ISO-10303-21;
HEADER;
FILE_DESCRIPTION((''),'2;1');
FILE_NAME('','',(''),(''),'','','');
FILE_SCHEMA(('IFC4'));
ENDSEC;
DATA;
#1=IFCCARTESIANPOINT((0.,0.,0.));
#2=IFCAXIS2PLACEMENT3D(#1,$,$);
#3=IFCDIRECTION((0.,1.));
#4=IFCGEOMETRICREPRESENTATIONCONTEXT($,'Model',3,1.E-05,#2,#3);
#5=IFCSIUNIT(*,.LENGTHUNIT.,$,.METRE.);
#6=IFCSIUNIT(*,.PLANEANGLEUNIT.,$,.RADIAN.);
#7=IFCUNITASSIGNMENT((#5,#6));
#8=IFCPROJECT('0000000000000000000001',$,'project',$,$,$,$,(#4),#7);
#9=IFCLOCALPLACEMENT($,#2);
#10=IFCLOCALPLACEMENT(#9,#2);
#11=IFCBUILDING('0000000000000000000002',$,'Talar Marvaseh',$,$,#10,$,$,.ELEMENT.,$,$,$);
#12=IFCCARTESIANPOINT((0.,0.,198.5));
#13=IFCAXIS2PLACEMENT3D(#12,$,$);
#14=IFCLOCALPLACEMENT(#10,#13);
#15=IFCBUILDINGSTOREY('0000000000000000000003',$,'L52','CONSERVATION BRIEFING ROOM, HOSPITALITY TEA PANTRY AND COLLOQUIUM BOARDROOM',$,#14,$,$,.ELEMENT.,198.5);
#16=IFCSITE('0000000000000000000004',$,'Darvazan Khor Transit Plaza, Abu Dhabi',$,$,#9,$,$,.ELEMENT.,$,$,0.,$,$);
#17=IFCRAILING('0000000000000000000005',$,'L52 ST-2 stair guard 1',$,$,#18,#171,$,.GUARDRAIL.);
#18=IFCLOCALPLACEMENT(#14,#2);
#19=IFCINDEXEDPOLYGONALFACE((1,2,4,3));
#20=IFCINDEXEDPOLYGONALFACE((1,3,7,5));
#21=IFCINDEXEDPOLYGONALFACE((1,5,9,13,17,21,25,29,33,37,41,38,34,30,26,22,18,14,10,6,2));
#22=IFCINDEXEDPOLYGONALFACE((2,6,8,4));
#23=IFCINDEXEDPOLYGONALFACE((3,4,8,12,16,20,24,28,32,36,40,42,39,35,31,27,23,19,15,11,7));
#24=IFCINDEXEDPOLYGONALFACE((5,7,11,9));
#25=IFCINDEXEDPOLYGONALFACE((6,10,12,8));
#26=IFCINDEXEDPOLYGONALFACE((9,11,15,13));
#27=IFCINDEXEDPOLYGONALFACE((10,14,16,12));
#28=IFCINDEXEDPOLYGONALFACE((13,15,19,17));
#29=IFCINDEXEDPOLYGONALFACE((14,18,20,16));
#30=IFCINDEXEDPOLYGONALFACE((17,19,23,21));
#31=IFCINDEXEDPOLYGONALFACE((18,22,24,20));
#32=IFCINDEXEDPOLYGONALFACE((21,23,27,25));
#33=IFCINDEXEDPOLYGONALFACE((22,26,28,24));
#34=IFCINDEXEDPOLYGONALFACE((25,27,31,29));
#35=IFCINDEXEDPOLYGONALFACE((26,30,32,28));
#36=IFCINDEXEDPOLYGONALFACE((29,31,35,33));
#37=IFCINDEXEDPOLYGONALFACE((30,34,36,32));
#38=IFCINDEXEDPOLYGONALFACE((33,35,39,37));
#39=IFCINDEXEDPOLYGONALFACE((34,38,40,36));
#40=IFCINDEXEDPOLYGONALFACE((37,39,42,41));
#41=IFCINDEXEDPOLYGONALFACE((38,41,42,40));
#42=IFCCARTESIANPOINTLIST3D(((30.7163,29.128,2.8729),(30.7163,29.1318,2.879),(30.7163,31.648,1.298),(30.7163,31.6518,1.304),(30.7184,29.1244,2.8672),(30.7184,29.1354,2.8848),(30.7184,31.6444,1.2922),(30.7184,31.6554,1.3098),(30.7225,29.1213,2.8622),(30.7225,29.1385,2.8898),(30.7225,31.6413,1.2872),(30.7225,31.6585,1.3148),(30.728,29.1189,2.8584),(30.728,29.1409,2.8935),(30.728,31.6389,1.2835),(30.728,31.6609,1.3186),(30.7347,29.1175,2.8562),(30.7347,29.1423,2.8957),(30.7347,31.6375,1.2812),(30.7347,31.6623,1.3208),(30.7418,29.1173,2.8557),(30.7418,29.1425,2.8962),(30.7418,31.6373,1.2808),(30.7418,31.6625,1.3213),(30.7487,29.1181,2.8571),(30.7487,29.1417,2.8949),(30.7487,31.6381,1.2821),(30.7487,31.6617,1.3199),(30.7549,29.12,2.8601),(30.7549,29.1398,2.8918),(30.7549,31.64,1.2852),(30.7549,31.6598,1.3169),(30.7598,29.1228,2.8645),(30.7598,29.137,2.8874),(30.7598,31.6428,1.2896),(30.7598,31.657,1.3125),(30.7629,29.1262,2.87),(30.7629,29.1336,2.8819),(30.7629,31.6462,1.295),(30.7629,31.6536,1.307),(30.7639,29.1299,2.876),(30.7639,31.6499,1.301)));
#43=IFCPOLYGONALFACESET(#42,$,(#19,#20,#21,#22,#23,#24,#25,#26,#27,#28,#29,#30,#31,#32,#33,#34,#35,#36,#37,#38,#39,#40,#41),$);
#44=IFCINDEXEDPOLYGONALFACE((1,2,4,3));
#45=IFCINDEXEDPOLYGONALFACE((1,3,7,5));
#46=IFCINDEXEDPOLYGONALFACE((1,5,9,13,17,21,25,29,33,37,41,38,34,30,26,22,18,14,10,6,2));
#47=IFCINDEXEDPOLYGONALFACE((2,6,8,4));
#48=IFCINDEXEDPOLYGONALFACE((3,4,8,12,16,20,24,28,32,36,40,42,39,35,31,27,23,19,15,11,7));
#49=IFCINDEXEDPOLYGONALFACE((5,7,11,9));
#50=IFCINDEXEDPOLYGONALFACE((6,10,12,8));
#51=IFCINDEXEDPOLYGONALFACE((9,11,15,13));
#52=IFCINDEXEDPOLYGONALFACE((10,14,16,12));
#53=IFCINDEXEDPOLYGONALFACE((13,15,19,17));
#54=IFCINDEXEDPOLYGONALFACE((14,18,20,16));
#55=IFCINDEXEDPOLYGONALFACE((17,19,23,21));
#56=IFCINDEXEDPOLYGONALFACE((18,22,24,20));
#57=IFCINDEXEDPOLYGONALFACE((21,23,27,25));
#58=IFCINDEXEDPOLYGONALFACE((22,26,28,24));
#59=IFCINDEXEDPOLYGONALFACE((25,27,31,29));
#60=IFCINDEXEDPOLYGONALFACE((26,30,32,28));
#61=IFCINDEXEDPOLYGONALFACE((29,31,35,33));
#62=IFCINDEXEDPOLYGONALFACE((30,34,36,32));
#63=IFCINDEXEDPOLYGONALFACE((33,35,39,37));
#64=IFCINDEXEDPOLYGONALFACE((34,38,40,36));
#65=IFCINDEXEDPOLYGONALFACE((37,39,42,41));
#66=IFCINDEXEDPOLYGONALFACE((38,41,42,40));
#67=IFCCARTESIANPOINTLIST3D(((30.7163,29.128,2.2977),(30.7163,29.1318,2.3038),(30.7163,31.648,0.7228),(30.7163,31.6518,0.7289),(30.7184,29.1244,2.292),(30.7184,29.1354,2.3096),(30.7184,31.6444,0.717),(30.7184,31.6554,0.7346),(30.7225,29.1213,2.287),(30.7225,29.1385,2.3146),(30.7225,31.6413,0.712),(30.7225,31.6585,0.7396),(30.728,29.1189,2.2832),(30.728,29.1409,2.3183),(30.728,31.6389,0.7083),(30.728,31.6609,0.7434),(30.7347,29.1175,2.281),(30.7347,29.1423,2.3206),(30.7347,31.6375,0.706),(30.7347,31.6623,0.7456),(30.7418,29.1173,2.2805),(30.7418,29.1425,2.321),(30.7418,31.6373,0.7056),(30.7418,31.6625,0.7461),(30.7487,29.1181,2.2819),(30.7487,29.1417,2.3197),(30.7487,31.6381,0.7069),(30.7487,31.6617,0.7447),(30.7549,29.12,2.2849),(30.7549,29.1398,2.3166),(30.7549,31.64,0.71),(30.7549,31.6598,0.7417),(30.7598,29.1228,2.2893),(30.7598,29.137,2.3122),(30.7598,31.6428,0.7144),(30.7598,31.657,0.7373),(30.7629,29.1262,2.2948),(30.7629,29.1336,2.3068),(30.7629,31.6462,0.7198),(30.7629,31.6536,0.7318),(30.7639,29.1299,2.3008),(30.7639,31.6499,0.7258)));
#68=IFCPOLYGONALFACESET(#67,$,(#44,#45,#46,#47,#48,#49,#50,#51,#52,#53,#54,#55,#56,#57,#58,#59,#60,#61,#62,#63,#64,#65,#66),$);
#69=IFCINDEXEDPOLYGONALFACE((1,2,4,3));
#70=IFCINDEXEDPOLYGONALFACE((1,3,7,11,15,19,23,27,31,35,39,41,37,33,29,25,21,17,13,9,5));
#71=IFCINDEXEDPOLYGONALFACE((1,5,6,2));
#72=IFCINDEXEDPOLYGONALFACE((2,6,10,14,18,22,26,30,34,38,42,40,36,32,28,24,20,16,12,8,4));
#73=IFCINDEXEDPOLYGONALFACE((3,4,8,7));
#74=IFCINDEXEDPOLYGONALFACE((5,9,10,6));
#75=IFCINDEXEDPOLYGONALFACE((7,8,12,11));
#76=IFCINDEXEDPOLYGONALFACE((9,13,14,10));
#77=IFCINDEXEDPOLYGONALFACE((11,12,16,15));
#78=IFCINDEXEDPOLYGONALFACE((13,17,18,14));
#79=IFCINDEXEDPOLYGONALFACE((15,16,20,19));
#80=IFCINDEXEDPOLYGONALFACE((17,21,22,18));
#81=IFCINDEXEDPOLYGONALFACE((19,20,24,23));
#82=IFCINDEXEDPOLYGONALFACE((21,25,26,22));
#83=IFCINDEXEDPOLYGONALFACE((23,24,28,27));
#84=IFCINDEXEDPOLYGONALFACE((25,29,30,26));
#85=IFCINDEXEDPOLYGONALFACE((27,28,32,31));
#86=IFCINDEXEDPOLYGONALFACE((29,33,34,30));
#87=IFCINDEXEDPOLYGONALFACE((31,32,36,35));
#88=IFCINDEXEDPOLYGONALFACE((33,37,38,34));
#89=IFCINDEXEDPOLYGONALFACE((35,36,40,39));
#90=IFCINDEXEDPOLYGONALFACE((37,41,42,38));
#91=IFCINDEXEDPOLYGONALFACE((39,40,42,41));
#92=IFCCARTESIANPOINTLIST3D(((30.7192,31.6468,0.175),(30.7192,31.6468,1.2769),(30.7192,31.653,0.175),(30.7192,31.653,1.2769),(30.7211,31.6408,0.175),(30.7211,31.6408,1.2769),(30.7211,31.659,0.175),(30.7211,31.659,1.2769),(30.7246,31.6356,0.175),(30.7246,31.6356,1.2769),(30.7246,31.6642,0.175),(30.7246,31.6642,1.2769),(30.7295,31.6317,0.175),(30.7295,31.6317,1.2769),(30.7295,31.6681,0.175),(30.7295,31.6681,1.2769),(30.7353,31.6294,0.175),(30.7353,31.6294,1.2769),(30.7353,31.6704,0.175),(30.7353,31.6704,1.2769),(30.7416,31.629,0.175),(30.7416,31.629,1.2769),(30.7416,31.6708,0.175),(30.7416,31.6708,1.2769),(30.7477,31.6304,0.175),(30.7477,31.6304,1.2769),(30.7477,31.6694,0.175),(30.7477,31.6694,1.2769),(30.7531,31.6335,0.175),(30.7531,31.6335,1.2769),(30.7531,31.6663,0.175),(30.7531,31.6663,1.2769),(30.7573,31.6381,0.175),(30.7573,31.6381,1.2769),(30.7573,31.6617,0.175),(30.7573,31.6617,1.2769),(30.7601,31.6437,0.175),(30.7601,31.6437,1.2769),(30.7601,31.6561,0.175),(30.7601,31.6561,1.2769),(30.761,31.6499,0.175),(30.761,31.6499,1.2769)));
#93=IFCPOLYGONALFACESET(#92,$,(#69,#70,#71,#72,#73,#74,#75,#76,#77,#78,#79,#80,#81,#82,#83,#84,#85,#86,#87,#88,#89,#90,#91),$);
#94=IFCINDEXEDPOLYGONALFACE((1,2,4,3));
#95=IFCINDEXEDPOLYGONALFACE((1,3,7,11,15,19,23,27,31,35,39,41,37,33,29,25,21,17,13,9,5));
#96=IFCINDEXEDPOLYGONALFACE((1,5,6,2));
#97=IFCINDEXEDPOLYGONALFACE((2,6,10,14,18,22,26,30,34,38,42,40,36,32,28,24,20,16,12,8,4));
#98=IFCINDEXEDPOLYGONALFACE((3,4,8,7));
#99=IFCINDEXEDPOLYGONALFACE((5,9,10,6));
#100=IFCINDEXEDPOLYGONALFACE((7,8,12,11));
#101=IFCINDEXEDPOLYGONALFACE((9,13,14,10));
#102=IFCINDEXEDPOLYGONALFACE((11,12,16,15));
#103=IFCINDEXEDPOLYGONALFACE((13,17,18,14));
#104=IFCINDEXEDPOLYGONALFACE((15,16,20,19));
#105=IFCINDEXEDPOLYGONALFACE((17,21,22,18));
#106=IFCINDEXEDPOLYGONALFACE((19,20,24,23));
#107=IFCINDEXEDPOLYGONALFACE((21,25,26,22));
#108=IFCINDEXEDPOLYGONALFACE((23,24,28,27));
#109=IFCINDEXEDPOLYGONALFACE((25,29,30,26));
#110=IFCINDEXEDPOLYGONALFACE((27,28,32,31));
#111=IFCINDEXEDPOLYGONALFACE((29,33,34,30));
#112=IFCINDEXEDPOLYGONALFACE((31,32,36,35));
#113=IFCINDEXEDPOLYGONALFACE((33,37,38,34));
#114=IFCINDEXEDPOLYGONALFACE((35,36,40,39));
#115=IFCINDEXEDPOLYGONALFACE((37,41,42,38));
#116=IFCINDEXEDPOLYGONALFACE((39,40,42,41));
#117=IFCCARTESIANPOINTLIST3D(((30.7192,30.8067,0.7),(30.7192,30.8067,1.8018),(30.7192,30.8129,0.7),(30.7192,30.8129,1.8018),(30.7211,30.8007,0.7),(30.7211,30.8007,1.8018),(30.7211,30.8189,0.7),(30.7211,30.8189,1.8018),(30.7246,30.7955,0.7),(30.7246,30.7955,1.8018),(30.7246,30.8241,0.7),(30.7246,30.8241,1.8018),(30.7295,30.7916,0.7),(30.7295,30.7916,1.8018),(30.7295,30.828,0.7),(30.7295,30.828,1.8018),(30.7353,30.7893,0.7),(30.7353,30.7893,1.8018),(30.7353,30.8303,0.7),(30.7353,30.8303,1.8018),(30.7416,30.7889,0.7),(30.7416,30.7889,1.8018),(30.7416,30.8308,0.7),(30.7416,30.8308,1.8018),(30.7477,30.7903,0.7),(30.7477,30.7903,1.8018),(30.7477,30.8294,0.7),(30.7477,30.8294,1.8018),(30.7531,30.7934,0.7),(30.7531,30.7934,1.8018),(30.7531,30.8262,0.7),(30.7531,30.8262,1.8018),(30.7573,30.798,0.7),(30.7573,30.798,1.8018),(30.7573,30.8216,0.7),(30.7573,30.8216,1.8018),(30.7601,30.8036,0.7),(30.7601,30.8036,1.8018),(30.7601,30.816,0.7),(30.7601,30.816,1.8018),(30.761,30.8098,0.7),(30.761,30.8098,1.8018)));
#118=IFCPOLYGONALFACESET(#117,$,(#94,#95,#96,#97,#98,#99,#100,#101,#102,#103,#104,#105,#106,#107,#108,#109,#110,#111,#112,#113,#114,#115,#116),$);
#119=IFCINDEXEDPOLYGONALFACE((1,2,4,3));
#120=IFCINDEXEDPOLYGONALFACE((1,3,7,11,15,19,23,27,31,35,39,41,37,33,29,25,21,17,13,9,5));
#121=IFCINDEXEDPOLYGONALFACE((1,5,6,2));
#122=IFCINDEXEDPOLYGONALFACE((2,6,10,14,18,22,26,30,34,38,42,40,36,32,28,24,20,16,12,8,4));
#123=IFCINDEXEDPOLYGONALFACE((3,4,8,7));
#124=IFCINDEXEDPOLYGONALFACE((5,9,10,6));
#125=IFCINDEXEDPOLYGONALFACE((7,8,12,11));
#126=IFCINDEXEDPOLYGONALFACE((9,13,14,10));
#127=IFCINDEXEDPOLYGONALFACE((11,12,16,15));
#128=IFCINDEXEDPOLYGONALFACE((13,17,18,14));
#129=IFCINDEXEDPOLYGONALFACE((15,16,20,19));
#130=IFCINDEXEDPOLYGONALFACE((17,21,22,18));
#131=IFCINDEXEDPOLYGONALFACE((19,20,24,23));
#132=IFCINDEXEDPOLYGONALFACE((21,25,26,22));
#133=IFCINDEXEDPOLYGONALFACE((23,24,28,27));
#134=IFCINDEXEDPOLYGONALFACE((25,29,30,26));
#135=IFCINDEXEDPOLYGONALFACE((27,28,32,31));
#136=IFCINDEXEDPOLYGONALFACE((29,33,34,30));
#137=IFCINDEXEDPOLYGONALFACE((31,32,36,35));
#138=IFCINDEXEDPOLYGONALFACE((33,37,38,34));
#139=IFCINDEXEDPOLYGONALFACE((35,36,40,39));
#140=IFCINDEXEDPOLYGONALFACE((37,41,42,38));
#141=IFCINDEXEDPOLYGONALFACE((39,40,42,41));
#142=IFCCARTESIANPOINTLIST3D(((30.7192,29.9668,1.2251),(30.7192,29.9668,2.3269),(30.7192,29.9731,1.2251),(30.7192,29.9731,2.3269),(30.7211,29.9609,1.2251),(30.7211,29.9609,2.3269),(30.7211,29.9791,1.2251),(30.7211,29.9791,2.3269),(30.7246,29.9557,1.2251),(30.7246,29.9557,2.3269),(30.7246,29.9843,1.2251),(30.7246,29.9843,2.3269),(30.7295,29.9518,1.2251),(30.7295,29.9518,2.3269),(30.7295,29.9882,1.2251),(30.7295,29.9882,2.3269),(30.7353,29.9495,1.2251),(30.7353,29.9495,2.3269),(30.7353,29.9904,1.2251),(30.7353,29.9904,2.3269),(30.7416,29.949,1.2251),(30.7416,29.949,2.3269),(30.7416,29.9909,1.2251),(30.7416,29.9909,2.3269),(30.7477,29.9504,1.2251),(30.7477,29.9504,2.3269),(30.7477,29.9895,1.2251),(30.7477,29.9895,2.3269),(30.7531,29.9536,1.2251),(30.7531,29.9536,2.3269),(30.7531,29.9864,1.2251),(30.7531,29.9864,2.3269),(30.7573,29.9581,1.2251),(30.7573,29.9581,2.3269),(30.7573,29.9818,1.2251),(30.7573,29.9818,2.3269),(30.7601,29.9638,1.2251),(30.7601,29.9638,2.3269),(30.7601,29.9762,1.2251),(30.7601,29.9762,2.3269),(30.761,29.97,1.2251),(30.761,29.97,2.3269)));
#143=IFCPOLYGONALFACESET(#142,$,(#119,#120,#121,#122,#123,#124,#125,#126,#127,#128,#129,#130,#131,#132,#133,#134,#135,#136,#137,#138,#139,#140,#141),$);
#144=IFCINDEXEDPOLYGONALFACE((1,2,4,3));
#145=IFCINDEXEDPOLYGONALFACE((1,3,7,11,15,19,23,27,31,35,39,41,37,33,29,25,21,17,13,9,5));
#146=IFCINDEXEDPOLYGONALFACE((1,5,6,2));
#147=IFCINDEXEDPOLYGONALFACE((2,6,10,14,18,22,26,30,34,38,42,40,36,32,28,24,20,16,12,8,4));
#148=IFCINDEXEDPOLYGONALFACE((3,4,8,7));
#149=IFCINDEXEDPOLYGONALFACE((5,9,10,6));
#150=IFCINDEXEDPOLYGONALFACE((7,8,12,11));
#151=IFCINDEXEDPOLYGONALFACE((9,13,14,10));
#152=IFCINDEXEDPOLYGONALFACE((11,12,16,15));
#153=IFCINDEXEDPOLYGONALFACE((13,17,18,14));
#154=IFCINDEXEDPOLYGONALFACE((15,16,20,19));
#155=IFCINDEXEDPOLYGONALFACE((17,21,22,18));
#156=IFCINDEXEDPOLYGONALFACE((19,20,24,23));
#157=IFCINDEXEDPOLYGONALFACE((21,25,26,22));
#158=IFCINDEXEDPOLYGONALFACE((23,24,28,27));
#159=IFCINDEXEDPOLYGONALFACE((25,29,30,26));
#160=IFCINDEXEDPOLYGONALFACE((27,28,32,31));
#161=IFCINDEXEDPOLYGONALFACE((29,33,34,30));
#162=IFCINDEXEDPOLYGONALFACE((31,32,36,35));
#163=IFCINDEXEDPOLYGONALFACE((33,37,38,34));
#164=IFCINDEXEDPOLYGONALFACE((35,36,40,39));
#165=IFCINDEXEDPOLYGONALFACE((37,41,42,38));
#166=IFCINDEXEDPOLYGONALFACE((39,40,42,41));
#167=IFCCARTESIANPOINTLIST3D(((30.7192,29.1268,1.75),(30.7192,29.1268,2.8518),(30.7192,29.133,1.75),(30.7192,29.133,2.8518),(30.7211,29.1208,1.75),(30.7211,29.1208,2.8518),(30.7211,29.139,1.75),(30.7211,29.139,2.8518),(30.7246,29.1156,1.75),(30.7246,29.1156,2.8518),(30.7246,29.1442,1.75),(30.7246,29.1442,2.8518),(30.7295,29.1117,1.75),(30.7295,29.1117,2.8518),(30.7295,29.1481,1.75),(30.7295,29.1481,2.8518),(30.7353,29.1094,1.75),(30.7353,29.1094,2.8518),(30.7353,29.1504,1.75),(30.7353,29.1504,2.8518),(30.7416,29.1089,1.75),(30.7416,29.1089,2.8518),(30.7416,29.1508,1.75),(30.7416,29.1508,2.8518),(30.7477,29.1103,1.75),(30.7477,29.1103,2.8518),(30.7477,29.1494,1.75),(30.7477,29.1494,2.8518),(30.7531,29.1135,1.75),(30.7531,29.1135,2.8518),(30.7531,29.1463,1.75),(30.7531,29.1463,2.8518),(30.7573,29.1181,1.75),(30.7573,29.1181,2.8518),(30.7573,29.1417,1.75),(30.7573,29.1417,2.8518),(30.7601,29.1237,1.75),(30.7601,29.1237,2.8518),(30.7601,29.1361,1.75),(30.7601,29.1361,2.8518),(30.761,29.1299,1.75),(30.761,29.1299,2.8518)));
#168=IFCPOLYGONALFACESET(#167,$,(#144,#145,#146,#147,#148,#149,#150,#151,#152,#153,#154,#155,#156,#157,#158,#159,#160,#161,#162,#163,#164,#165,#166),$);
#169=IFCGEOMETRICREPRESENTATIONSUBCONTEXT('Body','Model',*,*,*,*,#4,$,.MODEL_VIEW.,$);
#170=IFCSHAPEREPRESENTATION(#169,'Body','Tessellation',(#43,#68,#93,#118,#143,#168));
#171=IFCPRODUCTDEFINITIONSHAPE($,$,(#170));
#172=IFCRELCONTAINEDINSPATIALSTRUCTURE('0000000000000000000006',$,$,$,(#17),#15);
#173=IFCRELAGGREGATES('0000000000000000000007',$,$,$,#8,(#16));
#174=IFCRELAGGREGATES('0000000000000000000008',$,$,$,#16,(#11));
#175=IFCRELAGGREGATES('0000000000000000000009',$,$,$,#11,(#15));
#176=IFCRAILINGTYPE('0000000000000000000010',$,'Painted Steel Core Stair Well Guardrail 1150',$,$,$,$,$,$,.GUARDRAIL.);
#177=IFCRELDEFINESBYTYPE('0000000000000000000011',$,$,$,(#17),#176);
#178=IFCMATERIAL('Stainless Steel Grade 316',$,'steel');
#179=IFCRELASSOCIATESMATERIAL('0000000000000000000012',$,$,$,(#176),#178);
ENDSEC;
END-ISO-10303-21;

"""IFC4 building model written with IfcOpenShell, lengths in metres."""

from ifc_helpers import new_model, si_unit, direction, frame, origin, origin_2d, place, context, subcontext, project, spatial, circle, extrude, material, type_object, element, save


model = new_model("IFC4")

# Units and contexts
model_context = context("Model", 3, precision=1e-05, world=origin(), true_north=direction((0.0, 1.0)))
body_context = subcontext(model_context, "Body", "Model", "MODEL_VIEW")
ifc_project = project(units=[si_unit("LENGTHUNIT", "METRE"), si_unit("PLANEANGLEUNIT", "RADIAN")], contexts=[model_context])

# Site, building, storey
site_placement = place(None, origin())
site = spatial("IfcSite", under=ifc_project, at=site_placement, Name="Darvazan Khor Transit Plaza, Abu Dhabi", CompositionType="ELEMENT", RefElevation=0.0)
building_placement = place(site_placement, origin())
building = spatial("IfcBuilding", under=site, at=building_placement, Name="Talar Marvaseh", CompositionType="ELEMENT")
storey_placement = place(building_placement, frame((0.0, 0.0, 198.5)))
storey = spatial("IfcBuildingStorey", under=building, at=storey_placement, Name="L52", Description="CONSERVATION BRIEFING ROOM, HOSPITALITY TEA PANTRY AND COLLOQUIUM BOARDROOM", CompositionType="ELEMENT", Elevation=198.5)

# Shared definitions
ifc_material_1 = material(Name="Stainless Steel Grade 316", Category="steel")

# Railing
railing_type_1 = type_object("IfcRailingType", Name="Painted Steel Core Stair Well Guardrail 1150", PredefinedType="GUARDRAIL", material=ifc_material_1)
railing_1_placement = place(storey_placement, frame((30.74, 31.6499, 0.175)))
element("IfcRailing", 1, at=railing_1_placement, inside=storey, type_object=railing_type_1, Name="L52 ST-2 stair guard 1", PredefinedType="GUARDRAIL", context=body_context, shape_type="SweptSolid", body=[
    extrude(circle(Radius=0.0239, at=origin_2d()), frame((0.0, 0.0, 1.126), z_axis=(0.0, -0.848008, 0.529984), x_axis=(1.0, 0.0, 0.0)), (0.0, 0.0, 1.0), 2.9717),
    extrude(circle(Radius=0.0239, at=origin_2d()), frame((0.0, 0.0, 0.5508), z_axis=(0.0, -0.848008, 0.529984), x_axis=(1.0, 0.0, 0.0)), (0.0, 0.0, 1.0), 2.9717),
    extrude(circle(Radius=0.021, at=origin_2d()), origin(), (0.0, 0.0, 1.0), 1.1018),
    extrude(circle(Radius=0.021, at=origin_2d()), frame((0.0, -0.8401, 0.5249)), (0.0, 0.0, 1.0), 1.1018),
    extrude(circle(Radius=0.021, at=origin_2d()), frame((0.0, -1.6799, 1.05)), (0.0, 0.0, 1.0), 1.1018),
    extrude(circle(Radius=0.021, at=origin_2d()), frame((0.0, -2.52, 1.575)), (0.0, 0.0, 1.0), 1.1018),
])

save(model, "model.ifc")
